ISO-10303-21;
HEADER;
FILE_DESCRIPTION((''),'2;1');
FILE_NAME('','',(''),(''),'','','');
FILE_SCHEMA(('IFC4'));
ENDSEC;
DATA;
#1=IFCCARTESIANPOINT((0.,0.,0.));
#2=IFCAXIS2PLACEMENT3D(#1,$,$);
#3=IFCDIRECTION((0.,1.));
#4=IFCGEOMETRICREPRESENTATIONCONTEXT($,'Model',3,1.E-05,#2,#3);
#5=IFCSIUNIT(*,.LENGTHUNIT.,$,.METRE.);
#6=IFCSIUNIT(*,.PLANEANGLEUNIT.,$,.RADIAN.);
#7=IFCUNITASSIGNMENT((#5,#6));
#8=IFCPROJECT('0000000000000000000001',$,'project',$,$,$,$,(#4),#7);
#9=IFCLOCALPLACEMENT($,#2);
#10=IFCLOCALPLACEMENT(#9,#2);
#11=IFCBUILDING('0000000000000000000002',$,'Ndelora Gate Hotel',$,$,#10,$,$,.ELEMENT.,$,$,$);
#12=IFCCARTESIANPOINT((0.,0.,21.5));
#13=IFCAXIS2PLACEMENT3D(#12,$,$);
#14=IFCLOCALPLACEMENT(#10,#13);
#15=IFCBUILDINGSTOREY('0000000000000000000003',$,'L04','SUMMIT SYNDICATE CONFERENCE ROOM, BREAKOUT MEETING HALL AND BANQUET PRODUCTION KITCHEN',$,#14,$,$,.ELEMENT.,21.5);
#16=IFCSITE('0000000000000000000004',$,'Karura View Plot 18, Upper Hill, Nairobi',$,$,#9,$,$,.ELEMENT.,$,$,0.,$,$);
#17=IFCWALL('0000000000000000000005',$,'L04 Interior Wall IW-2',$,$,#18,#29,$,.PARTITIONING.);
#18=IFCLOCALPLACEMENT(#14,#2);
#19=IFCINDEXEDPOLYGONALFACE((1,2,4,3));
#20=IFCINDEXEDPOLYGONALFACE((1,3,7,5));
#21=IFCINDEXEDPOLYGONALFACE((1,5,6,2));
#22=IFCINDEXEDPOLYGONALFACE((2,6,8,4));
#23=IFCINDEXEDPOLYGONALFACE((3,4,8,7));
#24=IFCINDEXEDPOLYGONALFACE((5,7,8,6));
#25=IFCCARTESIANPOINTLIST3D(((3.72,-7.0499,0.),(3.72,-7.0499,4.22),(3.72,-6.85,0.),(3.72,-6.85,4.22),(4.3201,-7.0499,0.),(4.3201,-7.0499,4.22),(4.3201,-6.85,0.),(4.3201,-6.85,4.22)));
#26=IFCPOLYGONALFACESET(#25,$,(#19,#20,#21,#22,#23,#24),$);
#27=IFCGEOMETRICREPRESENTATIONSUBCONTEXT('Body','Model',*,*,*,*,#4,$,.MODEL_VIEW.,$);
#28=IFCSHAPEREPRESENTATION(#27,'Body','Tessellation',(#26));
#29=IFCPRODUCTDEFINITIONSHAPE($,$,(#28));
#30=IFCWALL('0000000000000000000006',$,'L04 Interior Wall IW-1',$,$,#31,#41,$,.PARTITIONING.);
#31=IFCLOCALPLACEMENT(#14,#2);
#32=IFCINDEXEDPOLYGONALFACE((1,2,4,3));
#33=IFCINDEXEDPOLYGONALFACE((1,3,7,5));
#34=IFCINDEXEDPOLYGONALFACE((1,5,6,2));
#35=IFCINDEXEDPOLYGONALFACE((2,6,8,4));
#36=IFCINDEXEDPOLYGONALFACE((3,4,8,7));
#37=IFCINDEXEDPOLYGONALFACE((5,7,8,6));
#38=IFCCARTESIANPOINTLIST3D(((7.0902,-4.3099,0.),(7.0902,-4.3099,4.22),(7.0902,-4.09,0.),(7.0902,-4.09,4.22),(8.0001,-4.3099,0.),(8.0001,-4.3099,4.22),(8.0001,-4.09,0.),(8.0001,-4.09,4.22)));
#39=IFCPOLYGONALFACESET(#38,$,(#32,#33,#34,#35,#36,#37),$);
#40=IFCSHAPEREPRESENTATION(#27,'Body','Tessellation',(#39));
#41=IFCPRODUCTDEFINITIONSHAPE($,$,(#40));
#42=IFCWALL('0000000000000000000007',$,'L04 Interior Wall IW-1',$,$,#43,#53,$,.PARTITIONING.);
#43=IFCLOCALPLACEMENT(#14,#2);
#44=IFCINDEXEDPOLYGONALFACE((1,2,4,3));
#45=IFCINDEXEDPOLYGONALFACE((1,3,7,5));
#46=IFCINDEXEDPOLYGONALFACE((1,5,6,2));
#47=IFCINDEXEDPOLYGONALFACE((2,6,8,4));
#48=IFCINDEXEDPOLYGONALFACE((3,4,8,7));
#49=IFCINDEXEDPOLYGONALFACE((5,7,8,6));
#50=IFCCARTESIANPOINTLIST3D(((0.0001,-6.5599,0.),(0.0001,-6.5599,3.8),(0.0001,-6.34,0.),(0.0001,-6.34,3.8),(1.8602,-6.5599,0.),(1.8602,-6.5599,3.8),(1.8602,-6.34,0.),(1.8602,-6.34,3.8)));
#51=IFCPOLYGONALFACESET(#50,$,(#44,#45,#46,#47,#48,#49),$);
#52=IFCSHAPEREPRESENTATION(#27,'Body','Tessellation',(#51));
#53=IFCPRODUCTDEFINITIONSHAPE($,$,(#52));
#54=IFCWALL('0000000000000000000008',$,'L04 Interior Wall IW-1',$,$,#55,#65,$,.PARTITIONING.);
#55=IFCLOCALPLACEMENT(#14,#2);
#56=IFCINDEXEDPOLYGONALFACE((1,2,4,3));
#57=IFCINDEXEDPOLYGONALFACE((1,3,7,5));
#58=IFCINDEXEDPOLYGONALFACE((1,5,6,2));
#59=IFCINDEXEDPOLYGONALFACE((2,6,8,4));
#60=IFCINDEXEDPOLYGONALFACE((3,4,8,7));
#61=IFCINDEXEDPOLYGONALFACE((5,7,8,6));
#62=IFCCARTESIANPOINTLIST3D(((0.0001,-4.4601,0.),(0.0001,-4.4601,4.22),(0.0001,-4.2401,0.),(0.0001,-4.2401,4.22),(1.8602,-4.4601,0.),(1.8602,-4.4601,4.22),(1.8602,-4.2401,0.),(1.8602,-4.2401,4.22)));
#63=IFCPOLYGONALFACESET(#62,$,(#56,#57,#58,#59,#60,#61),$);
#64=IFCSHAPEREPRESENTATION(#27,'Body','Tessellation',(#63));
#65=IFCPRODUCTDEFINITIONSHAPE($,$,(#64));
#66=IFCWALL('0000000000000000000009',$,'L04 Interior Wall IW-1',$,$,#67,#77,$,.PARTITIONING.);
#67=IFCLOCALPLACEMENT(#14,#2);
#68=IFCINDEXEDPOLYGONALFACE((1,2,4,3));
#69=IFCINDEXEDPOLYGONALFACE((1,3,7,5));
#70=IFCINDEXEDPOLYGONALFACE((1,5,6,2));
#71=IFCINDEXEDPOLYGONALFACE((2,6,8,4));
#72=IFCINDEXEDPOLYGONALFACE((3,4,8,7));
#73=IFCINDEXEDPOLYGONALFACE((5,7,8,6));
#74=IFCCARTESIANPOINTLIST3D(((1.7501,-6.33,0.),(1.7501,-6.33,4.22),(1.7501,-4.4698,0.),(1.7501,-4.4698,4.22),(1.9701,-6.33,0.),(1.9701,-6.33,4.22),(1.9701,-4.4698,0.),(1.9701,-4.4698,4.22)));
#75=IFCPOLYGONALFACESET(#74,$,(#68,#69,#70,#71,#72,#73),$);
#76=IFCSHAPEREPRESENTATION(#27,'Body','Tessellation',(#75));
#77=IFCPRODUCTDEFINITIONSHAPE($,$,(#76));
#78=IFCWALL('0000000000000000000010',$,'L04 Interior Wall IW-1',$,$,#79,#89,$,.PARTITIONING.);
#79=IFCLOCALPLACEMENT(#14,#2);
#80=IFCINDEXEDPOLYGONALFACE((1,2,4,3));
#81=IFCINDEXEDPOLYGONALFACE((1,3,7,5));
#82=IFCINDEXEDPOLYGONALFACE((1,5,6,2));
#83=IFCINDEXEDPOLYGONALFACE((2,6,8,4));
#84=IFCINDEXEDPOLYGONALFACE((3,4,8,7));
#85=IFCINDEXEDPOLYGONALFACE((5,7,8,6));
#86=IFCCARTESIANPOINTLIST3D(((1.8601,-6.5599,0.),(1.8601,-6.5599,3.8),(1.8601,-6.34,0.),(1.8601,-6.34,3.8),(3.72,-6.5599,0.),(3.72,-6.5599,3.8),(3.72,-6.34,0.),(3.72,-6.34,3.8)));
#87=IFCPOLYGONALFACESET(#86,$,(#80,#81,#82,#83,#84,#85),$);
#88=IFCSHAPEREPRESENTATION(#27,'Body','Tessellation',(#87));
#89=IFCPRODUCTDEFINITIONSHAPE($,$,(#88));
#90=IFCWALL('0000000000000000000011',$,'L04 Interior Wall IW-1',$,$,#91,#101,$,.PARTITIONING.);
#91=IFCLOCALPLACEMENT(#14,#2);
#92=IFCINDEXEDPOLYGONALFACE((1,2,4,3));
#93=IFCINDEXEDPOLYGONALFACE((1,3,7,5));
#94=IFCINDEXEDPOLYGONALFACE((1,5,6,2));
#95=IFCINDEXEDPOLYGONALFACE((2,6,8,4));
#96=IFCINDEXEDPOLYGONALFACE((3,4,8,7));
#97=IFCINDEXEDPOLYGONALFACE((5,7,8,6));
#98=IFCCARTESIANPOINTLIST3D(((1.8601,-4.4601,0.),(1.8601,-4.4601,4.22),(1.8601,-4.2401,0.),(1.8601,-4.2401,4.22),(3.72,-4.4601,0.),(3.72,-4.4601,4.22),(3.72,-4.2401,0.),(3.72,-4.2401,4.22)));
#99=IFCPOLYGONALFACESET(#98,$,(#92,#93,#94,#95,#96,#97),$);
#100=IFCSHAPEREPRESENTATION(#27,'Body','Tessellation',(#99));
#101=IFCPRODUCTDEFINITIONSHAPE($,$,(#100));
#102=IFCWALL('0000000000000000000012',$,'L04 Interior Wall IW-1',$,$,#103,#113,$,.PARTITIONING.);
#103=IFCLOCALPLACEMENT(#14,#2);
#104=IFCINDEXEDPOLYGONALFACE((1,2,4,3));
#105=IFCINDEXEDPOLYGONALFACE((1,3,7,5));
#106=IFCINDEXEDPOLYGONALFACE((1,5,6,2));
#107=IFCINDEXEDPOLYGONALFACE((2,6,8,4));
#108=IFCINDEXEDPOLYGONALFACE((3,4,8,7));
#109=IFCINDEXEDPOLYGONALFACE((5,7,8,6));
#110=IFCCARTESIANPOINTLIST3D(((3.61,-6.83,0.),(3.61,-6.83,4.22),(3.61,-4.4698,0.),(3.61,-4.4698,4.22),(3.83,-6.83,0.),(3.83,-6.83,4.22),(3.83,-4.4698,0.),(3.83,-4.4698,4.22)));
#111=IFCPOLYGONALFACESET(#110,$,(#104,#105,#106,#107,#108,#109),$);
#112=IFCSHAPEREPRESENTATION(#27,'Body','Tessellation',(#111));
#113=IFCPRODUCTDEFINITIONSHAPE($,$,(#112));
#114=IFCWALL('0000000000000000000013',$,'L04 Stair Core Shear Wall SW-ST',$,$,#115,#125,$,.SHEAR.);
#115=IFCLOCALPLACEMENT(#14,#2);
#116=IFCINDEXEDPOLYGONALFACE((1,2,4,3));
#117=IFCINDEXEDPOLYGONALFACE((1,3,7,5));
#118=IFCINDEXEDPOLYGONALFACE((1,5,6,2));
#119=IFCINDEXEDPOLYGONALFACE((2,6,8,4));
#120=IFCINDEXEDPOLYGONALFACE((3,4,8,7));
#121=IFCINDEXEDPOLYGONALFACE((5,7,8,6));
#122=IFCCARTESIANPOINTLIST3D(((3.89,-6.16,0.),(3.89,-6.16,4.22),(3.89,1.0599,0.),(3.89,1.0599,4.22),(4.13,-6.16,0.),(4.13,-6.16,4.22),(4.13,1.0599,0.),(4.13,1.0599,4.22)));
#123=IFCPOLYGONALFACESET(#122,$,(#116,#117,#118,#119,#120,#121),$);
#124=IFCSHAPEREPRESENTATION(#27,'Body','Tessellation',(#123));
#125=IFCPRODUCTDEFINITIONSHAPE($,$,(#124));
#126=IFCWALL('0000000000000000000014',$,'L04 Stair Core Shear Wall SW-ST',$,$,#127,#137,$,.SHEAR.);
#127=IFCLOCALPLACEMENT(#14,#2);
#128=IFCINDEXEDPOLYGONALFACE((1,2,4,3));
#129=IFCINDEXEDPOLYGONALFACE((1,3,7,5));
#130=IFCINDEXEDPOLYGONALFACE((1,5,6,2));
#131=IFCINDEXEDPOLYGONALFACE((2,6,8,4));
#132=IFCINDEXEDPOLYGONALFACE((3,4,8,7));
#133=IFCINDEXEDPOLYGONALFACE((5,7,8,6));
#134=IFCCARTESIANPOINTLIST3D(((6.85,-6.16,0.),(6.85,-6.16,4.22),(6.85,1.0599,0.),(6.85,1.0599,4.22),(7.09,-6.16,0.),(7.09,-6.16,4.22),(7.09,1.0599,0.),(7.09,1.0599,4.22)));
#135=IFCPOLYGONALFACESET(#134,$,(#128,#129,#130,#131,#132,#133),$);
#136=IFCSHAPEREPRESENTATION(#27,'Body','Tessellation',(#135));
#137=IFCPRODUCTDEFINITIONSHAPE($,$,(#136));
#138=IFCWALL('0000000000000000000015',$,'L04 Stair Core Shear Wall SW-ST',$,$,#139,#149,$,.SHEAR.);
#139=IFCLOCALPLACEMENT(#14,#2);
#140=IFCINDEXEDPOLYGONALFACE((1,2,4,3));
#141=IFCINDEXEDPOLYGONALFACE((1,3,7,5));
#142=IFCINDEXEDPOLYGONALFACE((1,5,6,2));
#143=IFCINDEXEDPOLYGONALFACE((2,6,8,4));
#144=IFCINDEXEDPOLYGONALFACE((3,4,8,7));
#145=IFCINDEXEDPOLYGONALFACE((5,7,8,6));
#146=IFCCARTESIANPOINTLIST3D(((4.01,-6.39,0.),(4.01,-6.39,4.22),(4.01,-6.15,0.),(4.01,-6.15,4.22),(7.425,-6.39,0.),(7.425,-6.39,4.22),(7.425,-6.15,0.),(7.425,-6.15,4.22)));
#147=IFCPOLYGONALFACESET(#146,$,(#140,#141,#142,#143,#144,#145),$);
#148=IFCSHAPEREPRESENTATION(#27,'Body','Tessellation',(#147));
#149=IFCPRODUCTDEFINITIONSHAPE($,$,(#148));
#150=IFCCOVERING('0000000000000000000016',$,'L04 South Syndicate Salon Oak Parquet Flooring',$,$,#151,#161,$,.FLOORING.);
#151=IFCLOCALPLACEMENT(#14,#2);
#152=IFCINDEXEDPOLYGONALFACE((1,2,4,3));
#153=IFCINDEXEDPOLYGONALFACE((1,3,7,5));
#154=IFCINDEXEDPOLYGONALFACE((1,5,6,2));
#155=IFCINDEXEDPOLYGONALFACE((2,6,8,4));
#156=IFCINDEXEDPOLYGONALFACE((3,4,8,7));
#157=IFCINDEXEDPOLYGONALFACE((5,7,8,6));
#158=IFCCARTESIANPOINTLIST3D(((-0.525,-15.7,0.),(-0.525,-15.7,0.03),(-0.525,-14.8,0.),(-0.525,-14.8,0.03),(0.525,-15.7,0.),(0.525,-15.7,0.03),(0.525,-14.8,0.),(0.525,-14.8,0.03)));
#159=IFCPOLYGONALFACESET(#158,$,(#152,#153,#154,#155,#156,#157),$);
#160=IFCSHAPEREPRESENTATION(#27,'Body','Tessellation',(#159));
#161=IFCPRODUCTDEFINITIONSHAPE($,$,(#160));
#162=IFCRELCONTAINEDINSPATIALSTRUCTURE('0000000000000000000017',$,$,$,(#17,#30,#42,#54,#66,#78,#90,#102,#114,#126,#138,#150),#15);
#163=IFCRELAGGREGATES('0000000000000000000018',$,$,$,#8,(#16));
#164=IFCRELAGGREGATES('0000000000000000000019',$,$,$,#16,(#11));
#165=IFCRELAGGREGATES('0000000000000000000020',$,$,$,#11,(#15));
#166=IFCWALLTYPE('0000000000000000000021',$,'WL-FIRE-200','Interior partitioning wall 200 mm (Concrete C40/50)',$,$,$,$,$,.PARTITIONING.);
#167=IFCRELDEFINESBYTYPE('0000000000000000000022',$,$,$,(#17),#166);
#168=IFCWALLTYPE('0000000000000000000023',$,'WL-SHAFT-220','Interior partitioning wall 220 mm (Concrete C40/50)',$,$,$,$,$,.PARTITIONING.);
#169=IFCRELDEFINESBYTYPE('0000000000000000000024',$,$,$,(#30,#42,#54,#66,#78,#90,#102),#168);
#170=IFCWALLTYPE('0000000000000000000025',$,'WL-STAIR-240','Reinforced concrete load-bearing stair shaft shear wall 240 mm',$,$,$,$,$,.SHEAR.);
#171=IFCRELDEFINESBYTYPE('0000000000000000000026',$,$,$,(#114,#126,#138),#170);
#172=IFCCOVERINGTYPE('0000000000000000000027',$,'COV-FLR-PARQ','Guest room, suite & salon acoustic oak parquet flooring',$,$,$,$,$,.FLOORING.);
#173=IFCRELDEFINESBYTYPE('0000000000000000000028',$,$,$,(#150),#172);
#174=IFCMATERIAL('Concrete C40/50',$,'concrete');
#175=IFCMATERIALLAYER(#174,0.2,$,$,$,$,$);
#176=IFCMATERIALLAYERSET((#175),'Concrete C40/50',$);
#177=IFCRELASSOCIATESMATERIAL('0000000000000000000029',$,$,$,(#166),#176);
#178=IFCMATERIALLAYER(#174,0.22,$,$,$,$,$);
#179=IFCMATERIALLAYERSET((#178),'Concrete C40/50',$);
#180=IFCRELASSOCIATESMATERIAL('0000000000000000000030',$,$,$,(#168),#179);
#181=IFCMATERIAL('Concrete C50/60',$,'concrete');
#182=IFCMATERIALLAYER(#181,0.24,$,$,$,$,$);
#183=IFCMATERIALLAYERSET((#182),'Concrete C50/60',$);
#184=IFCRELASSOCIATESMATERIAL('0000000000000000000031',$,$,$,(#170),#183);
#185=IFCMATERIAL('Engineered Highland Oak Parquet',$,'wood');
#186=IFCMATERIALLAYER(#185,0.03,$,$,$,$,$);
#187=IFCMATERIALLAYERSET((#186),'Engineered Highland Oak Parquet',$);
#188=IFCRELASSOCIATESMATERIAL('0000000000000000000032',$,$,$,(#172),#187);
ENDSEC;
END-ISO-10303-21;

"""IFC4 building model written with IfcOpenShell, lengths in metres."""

from ifc_helpers import new_model, si_unit, direction, frame, frame_2d, origin, origin_2d, place, context, subcontext, project, spatial, rectangle, extrude, material, layer, layer_set, type_object, element, save


model = new_model("IFC4")

# Units and contexts
model_context = context("Model", 3, precision=1e-05, world=origin(), true_north=direction((0.0, 1.0)))
body_context = subcontext(model_context, "Body", "Model", "MODEL_VIEW")
ifc_project = project(units=[si_unit("LENGTHUNIT", "METRE"), si_unit("PLANEANGLEUNIT", "RADIAN")], contexts=[model_context])

# Site, building, storey
site_placement = place(None, origin())
site = spatial("IfcSite", under=ifc_project, at=site_placement, Name="Karura View Plot 18, Upper Hill, Nairobi", CompositionType="ELEMENT", RefElevation=0.0)
building_placement = place(site_placement, origin())
building = spatial("IfcBuilding", under=site, at=building_placement, Name="Ndelora Gate Hotel", CompositionType="ELEMENT")
storey_placement = place(building_placement, frame((0.0, 0.0, 21.5)))
storey = spatial("IfcBuildingStorey", under=building, at=storey_placement, Name="L04", Description="SUMMIT SYNDICATE CONFERENCE ROOM, BREAKOUT MEETING HALL AND BANQUET PRODUCTION KITCHEN", CompositionType="ELEMENT", Elevation=21.5)

# Walls
ifc_material_1 = material(Name="Concrete C40/50", Category="concrete")
ifc_layer_1 = layer(ifc_material_1, 0.2)
ifc_layer_set_1 = layer_set([ifc_layer_1], Name="Concrete C40/50")
wall_type_1 = type_object("IfcWallType", Name="WL-FIRE-200", Description="Interior partitioning wall 200 mm (Concrete C40/50)", PredefinedType="PARTITIONING", material=ifc_layer_set_1)
wall_1_placement = place(storey_placement, frame((3.72, -6.95, 0.0), z_axis=(0.0, 0.0, 1.0), x_axis=(1.0, 0.0, 0.0)))
element("IfcWall", 1, at=wall_1_placement, inside=storey, type_object=wall_type_1, Name="L04 Interior Wall IW-2", PredefinedType="PARTITIONING", context=body_context, shape_type="SweptSolid", body=[
    extrude(rectangle(XDim=0.6001, YDim=0.2, at=frame_2d((0.3, 0.0))), origin(), (0.0, 0.0, 1.0), 4.22),
])
ifc_layer_2 = layer(ifc_material_1, 0.22)
ifc_layer_set_2 = layer_set([ifc_layer_2], Name="Concrete C40/50")
wall_type_2 = type_object("IfcWallType", Name="WL-SHAFT-220", Description="Interior partitioning wall 220 mm (Concrete C40/50)", PredefinedType="PARTITIONING", material=ifc_layer_set_2)
wall_2_placement = place(storey_placement, frame((7.0901, -4.2, 0.0), z_axis=(0.0, 0.0, 1.0), x_axis=(1.0, 0.0, 0.0)))
element("IfcWall", 2, at=wall_2_placement, inside=storey, type_object=wall_type_2, Name="L04 Interior Wall IW-1", PredefinedType="PARTITIONING", context=body_context, shape_type="SweptSolid", body=[
    extrude(rectangle(XDim=0.9099, YDim=0.22, at=frame_2d((0.4551, 0.0))), origin(), (0.0, 0.0, 1.0), 4.22),
])
wall_3_placement = place(storey_placement, frame((0.0, -6.45, 0.0), z_axis=(0.0, 0.0, 1.0), x_axis=(1.0, 0.0, 0.0)))
element("IfcWall", 3, at=wall_3_placement, inside=storey, type_object=wall_type_2, Name="L04 Interior Wall IW-1", PredefinedType="PARTITIONING", context=body_context, shape_type="SweptSolid", body=[
    extrude(rectangle(XDim=1.8601, YDim=0.22, at=frame_2d((0.9302, 0.0))), origin(), (0.0, 0.0, 1.0), 3.8),
])
for number, where, z_axis, x_axis, name in (
    (4, (0.0, -4.3501, 0.0), (0.0, 0.0, 1.0), (1.0, 0.0, 0.0), "L04 Interior Wall IW-1"),
    (5, (1.8601, -6.3301, 0.0), (0.0, 0.0, 1.0), (0.0, 1.0, 0.0), "L04 Interior Wall IW-1"),
):
    element("IfcWall", number, at=place(storey_placement, frame(where, z_axis=z_axis, x_axis=x_axis)), inside=storey, type_object=wall_type_2, Name=name, PredefinedType="PARTITIONING", context=body_context, shape_type="SweptSolid", body=[
        extrude(rectangle(XDim=1.8601, YDim=0.22, at=frame_2d((0.9302, 0.0))), origin(), (0.0, 0.0, 1.0), 4.22),
    ])
wall_4_placement = place(storey_placement, frame((1.8601, -6.45, 0.0), z_axis=(0.0, 0.0, 1.0), x_axis=(1.0, 0.0, 0.0)))
element("IfcWall", 6, at=wall_4_placement, inside=storey, type_object=wall_type_2, Name="L04 Interior Wall IW-1", PredefinedType="PARTITIONING", context=body_context, shape_type="SweptSolid", body=[
    extrude(rectangle(XDim=1.8599, YDim=0.22, at=frame_2d((0.9299, 0.0))), origin(), (0.0, 0.0, 1.0), 3.8),
])
wall_5_placement = place(storey_placement, frame((1.8601, -4.3501, 0.0), z_axis=(0.0, 0.0, 1.0), x_axis=(1.0, 0.0, 0.0)))
element("IfcWall", 7, at=wall_5_placement, inside=storey, type_object=wall_type_2, Name="L04 Interior Wall IW-1", PredefinedType="PARTITIONING", context=body_context, shape_type="SweptSolid", body=[
    extrude(rectangle(XDim=1.8599, YDim=0.22, at=frame_2d((0.9299, 0.0))), origin(), (0.0, 0.0, 1.0), 4.22),
])
wall_6_placement = place(storey_placement, frame((3.72, -6.8301, 0.0), z_axis=(0.0, 0.0, 1.0), x_axis=(0.0, 1.0, 0.0)))
element("IfcWall", 8, at=wall_6_placement, inside=storey, type_object=wall_type_2, Name="L04 Interior Wall IW-1", PredefinedType="PARTITIONING", context=body_context, shape_type="SweptSolid", body=[
    extrude(rectangle(XDim=2.3601, YDim=0.22, at=frame_2d((1.1802, 0.0))), origin(), (0.0, 0.0, 1.0), 4.22),
])
ifc_material_2 = material(Name="Concrete C50/60", Category="concrete")
ifc_layer_3 = layer(ifc_material_2, 0.24)
ifc_layer_set_3 = layer_set([ifc_layer_3], Name="Concrete C50/60")
wall_type_3 = type_object("IfcWallType", Name="WL-STAIR-240", Description="Reinforced concrete load-bearing stair shaft shear wall 240 mm", PredefinedType="SHEAR", material=ifc_layer_set_3)
for number, where, z_axis, x_axis, name in (
    (9, (4.01, -6.1599, 0.0), (0.0, 0.0, 1.0), (0.0, 1.0, 0.0), "L04 Stair Core Shear Wall SW-ST"),
    (10, (6.97, -6.1599, 0.0), (0.0, 0.0, 1.0), (0.0, 1.0, 0.0), "L04 Stair Core Shear Wall SW-ST"),
):
    element("IfcWall", number, at=place(storey_placement, frame(where, z_axis=z_axis, x_axis=x_axis)), inside=storey, type_object=wall_type_3, Name=name, PredefinedType="SHEAR", context=body_context, shape_type="SweptSolid", body=[
        extrude(rectangle(XDim=7.22, YDim=0.24, at=frame_2d((3.6099, 0.0))), origin(), (0.0, 0.0, 1.0), 4.22),
    ])
wall_7_placement = place(storey_placement, frame((4.01, -6.27, 0.0), z_axis=(0.0, 0.0, 1.0), x_axis=(1.0, 0.0, 0.0)))
element("IfcWall", 11, at=wall_7_placement, inside=storey, type_object=wall_type_3, Name="L04 Stair Core Shear Wall SW-ST", PredefinedType="SHEAR", context=body_context, shape_type="SweptSolid", body=[
    extrude(rectangle(XDim=3.415, YDim=0.24, at=frame_2d((1.7075, 0.0))), origin(), (0.0, 0.0, 1.0), 4.22),
])

# Covering
ifc_material_3 = material(Name="Engineered Highland Oak Parquet", Category="wood")
ifc_layer_4 = layer(ifc_material_3, 0.03)
ifc_layer_set_4 = layer_set([ifc_layer_4], Name="Engineered Highland Oak Parquet")
covering_type = type_object("IfcCoveringType", Name="COV-FLR-PARQ", Description="Guest room, suite & salon acoustic oak parquet flooring", PredefinedType="FLOORING", material=ifc_layer_set_4)
covering_placement = place(storey_placement, frame((0.0, -15.25, 0.0), z_axis=(0.0, 0.0, 1.0), x_axis=(1.0, 0.0, 0.0)))
element("IfcCovering", 12, at=covering_placement, inside=storey, type_object=covering_type, Name="L04 South Syndicate Salon Oak Parquet Flooring", PredefinedType="FLOORING", context=body_context, shape_type="SweptSolid", body=[
    extrude(rectangle(XDim=1.05, YDim=0.8999, at=origin_2d()), origin(), (0.0, 0.0, 1.0), 0.03),
])

save(model, "model.ifc")
